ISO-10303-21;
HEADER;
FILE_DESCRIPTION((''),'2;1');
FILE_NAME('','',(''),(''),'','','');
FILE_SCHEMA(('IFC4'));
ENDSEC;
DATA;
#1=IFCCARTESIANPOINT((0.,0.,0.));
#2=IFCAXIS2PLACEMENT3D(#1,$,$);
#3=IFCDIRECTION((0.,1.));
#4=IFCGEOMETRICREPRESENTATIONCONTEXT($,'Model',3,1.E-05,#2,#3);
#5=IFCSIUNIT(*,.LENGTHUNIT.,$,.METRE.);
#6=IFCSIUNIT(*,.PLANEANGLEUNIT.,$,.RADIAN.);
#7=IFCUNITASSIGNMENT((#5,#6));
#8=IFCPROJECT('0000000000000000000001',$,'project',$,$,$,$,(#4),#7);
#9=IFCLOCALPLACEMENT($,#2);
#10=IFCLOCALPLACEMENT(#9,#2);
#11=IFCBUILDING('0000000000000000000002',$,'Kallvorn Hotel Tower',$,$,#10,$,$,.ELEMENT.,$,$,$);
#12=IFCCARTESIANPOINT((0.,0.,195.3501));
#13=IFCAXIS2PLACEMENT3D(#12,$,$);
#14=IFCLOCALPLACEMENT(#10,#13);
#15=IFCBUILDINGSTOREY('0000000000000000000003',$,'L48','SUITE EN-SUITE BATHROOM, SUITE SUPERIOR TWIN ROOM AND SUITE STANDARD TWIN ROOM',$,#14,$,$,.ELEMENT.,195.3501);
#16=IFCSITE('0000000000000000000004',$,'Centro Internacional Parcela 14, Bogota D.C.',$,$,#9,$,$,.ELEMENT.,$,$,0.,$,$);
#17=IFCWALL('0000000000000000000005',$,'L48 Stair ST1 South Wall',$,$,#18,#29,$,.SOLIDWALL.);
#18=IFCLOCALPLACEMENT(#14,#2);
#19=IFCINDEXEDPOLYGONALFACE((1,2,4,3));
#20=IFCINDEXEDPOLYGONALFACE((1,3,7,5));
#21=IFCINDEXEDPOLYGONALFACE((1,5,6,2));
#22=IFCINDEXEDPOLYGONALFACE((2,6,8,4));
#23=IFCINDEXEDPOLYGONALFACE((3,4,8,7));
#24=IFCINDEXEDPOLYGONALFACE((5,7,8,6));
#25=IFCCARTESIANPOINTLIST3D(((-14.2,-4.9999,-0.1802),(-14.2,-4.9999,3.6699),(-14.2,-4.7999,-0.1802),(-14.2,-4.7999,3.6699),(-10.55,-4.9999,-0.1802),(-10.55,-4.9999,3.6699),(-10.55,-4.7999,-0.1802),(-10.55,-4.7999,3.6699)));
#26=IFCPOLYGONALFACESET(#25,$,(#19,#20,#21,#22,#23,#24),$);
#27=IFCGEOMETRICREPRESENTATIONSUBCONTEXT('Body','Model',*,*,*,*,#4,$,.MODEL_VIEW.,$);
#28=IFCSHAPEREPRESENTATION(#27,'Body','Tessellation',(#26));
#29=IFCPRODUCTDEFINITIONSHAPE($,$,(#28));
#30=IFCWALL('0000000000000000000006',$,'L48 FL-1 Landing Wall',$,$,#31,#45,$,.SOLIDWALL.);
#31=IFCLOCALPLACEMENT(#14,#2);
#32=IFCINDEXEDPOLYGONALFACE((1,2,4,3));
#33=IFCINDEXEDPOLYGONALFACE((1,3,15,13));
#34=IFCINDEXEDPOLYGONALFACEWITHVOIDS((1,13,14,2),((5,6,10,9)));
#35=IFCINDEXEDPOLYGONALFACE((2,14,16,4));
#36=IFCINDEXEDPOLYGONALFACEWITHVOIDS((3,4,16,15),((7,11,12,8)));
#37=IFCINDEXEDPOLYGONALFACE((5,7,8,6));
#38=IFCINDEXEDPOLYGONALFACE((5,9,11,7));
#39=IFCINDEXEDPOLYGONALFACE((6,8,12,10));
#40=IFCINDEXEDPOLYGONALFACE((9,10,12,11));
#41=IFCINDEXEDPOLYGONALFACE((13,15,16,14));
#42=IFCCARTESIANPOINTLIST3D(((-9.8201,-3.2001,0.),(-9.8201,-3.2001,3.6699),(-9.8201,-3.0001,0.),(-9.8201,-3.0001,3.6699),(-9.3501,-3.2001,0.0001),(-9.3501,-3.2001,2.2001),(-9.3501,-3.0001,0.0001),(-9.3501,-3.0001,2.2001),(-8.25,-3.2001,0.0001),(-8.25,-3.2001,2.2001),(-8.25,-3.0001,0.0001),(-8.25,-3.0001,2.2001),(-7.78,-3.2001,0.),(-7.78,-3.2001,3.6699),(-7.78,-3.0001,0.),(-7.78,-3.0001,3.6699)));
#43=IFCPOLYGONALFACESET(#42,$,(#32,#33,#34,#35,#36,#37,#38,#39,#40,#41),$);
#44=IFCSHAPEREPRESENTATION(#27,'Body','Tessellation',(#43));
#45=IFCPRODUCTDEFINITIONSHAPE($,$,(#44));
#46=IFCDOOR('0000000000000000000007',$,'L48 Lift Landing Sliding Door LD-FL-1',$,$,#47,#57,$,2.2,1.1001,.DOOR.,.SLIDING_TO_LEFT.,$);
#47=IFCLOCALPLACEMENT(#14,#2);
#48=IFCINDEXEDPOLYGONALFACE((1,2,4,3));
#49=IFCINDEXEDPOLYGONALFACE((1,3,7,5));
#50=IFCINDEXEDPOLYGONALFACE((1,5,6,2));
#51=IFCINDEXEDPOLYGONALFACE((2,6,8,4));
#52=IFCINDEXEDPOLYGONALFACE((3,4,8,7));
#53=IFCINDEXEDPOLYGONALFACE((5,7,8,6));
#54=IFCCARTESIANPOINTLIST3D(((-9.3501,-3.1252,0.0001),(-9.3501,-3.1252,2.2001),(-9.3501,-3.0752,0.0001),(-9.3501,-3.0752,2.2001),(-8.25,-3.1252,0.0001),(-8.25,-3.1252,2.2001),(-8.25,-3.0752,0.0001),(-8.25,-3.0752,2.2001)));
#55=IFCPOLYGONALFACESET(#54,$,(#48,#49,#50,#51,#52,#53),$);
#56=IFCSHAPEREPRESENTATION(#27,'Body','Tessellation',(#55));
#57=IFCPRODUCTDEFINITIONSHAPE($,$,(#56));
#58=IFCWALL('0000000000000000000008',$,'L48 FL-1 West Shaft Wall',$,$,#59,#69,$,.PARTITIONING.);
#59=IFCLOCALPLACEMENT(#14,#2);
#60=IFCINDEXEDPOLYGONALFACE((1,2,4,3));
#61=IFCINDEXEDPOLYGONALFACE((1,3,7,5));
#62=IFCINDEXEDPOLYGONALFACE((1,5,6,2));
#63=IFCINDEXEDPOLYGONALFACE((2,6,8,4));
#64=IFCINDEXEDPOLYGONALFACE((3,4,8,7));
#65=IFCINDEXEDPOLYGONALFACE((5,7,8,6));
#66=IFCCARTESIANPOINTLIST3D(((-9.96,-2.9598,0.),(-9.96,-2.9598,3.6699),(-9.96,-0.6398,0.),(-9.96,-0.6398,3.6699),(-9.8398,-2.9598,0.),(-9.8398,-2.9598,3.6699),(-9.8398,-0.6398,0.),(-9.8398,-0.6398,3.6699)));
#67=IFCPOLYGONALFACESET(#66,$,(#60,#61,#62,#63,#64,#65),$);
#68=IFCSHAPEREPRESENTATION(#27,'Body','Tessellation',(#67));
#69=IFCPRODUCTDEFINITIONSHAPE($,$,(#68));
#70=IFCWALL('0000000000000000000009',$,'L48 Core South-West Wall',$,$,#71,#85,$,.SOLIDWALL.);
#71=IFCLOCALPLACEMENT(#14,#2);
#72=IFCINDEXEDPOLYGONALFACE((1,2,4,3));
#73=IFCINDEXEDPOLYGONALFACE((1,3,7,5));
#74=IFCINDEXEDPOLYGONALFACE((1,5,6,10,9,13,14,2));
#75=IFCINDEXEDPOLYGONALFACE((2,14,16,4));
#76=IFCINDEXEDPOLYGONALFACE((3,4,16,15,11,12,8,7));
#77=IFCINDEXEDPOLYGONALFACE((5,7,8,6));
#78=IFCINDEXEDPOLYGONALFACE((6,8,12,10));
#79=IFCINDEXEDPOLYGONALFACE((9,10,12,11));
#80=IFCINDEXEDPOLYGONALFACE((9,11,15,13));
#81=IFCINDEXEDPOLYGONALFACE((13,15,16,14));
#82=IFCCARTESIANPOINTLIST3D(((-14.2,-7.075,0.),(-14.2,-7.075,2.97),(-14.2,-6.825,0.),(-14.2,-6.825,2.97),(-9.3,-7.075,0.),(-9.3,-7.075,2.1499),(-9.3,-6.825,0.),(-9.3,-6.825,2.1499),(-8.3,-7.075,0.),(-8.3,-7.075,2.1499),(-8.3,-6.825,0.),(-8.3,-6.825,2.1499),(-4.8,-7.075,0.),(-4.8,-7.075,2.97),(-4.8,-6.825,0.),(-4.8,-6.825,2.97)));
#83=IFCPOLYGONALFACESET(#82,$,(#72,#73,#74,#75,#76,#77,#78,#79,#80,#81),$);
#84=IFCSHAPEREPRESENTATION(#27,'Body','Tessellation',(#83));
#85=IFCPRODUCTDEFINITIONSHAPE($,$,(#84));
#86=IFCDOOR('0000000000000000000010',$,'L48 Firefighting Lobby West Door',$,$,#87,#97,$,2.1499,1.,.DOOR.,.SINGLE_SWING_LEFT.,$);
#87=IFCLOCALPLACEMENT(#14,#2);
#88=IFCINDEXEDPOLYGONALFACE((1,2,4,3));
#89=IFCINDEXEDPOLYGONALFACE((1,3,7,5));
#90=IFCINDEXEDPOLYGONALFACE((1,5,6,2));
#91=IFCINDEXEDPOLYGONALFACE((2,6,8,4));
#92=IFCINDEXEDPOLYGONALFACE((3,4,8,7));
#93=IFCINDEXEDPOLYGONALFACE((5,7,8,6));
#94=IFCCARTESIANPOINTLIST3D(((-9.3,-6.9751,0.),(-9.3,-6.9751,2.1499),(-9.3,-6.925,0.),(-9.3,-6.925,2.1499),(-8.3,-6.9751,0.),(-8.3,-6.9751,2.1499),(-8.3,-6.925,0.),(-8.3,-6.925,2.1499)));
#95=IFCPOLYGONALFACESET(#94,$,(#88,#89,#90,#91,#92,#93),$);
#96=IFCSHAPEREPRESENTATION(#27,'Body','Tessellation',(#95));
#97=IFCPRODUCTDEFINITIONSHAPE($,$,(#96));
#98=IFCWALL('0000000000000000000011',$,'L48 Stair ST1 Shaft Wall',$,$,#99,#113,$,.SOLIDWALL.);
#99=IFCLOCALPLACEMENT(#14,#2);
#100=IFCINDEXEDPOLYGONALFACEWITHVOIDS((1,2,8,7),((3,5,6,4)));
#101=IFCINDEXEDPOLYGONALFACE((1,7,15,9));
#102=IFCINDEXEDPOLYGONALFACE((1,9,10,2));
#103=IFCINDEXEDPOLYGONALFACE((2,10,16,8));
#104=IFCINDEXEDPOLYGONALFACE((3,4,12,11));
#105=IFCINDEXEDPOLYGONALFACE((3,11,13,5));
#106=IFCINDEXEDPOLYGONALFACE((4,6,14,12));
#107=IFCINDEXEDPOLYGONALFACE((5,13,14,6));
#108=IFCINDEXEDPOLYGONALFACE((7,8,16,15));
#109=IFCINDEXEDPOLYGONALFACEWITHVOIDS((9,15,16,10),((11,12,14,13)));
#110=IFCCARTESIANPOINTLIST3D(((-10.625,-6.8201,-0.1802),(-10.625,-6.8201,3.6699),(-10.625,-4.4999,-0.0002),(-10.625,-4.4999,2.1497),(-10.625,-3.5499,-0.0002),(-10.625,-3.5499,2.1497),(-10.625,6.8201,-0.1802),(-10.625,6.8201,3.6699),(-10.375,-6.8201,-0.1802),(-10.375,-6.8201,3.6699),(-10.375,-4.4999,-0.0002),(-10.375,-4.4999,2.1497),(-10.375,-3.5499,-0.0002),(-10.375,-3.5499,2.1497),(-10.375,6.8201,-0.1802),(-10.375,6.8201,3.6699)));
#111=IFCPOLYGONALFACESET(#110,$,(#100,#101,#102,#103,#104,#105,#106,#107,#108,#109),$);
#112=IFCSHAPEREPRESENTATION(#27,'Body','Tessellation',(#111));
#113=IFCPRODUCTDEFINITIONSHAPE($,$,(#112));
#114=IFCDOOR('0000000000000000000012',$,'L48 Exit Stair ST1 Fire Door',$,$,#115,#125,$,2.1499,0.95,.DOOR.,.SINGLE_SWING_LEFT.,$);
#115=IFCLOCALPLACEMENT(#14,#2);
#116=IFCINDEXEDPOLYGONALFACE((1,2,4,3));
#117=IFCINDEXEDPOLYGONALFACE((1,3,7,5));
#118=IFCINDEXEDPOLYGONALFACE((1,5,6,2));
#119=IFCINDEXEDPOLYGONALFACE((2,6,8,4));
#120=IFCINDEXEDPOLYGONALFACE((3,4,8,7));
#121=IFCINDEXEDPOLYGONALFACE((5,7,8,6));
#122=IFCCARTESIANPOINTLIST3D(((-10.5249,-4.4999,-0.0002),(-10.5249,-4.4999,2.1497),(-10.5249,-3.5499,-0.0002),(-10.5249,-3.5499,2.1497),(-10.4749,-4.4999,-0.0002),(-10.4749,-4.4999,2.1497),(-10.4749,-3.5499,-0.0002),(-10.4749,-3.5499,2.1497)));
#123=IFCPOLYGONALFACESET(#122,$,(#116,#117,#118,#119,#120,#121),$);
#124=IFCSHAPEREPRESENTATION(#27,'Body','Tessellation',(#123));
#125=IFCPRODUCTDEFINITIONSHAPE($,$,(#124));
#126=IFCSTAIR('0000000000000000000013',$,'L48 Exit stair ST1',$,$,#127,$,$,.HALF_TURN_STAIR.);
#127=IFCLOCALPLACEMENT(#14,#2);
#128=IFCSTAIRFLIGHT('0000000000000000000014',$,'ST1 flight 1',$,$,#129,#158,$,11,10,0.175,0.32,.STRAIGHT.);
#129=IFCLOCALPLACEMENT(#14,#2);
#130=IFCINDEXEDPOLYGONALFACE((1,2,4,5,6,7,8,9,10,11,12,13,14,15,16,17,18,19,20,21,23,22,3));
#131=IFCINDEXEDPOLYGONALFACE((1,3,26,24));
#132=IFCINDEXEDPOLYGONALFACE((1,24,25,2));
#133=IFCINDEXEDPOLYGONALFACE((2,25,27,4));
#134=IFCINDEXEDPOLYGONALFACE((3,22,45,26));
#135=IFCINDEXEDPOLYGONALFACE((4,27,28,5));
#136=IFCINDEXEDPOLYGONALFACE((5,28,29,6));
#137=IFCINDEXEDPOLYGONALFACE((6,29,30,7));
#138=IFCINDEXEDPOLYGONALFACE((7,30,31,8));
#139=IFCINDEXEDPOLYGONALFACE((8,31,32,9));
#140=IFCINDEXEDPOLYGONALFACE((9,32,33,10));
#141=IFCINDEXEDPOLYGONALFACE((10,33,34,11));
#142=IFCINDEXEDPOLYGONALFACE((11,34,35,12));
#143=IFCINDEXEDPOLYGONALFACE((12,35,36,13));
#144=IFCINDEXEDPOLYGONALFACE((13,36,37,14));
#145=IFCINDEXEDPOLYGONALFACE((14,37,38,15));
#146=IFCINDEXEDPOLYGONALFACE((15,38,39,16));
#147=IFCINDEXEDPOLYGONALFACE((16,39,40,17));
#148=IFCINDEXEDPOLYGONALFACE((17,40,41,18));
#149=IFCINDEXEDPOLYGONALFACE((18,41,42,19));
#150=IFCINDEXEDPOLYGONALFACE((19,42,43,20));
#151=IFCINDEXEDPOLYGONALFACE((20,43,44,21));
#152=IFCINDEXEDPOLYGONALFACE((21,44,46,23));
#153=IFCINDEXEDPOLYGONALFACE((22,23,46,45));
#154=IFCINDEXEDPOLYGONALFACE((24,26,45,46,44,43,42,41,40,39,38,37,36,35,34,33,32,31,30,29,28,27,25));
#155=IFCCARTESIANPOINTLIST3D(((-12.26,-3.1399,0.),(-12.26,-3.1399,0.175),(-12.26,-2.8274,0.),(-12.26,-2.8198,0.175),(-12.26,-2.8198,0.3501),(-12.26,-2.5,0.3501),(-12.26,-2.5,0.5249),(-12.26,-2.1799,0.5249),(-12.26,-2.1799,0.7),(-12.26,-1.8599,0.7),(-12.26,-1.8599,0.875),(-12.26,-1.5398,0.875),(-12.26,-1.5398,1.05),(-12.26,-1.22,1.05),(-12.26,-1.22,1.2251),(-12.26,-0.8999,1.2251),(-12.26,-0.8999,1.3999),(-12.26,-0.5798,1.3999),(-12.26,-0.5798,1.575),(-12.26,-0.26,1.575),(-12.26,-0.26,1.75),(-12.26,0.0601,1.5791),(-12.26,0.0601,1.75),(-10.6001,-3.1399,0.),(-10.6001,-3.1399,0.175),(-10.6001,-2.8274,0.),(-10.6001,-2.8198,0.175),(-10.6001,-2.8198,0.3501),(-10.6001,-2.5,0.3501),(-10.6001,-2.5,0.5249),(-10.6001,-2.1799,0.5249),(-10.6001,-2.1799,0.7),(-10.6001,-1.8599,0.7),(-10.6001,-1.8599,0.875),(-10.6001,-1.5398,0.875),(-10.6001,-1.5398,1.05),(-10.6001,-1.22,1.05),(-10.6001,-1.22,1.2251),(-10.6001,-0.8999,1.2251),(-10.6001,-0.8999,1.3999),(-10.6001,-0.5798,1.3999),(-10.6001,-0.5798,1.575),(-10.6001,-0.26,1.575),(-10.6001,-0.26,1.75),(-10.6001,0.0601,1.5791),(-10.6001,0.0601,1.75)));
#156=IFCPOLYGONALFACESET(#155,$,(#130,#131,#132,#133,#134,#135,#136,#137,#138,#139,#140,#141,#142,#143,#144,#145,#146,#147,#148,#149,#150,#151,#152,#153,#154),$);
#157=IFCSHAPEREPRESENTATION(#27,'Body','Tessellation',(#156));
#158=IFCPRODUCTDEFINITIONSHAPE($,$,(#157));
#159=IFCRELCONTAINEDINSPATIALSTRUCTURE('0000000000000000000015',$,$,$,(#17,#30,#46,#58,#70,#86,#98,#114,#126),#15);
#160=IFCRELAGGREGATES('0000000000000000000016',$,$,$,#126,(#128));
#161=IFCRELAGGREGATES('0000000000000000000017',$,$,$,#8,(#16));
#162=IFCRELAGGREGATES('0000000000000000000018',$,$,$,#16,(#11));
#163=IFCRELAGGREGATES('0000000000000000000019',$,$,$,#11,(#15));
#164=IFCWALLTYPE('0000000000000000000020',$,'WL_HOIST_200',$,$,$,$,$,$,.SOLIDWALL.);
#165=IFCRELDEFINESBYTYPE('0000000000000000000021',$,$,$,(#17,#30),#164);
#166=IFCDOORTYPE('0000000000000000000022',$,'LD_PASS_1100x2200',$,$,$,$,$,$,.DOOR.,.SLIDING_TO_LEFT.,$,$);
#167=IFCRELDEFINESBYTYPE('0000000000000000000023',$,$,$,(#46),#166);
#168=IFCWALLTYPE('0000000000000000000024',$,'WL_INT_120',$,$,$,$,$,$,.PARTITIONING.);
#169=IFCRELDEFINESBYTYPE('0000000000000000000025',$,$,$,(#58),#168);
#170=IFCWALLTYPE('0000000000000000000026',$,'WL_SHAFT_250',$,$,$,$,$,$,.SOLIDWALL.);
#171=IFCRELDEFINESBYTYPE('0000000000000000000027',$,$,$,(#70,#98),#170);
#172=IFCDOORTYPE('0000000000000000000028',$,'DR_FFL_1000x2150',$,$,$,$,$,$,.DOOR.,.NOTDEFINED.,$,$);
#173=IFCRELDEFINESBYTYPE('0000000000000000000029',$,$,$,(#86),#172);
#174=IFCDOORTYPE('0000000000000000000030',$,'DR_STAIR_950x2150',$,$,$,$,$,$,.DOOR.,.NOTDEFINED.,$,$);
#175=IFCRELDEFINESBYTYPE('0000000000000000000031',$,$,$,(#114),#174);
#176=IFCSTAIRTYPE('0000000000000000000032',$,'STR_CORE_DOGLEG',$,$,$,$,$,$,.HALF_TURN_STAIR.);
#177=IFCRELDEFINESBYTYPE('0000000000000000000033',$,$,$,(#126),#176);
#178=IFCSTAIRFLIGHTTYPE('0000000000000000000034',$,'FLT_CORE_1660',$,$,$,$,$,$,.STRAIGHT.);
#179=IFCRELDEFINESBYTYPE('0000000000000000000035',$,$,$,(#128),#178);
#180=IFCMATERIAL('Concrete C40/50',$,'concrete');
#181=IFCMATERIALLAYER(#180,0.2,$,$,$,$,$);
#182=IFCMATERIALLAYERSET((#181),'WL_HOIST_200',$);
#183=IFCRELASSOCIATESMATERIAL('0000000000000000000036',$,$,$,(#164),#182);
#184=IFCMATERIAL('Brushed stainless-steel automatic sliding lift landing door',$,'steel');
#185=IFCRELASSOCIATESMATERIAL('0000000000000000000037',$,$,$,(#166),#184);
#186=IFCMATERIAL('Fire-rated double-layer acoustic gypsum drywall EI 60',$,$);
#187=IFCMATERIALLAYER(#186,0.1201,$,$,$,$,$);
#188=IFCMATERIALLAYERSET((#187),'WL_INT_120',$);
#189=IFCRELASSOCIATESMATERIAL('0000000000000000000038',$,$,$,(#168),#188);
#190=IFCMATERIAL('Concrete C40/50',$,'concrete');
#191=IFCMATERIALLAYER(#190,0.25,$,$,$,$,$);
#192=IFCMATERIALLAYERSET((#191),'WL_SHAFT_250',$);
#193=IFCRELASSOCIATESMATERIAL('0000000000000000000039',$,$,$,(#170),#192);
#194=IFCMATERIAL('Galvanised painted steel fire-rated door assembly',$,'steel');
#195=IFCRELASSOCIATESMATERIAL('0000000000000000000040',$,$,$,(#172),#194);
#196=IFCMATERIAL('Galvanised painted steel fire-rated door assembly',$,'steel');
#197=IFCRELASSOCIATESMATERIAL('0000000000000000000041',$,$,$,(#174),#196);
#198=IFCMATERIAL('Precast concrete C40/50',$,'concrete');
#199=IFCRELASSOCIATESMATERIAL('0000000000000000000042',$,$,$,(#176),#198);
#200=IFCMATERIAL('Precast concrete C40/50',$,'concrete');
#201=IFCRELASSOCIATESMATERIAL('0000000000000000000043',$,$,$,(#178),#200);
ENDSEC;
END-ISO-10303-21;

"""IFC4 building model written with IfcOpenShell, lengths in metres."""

from ifc_helpers import new_model, si_unit, direction, frame, frame_2d, origin, place, context, subcontext, project, spatial, polyline, rectangle, outline, extrude, material, layer, layer_set, type_object, element, fill, aggregate, save


model = new_model("IFC4")

# Units and contexts
model_context = context("Model", 3, precision=1e-05, world=origin(), true_north=direction((0.0, 1.0)))
body_context = subcontext(model_context, "Body", "Model", "MODEL_VIEW")
ifc_project = project(units=[si_unit("LENGTHUNIT", "METRE"), si_unit("PLANEANGLEUNIT", "RADIAN")], contexts=[model_context])

# Site, building, storey
site_placement = place(None, origin())
site = spatial("IfcSite", under=ifc_project, at=site_placement, Name="Centro Internacional Parcela 14, Bogota D.C.", CompositionType="ELEMENT", RefElevation=0.0)
building_placement = place(site_placement, origin())
building = spatial("IfcBuilding", under=site, at=building_placement, Name="Kallvorn Hotel Tower", CompositionType="ELEMENT")
storey_placement = place(building_placement, frame((0.0, 0.0, 195.3501)))
storey = spatial("IfcBuildingStorey", under=building, at=storey_placement, Name="L48", Description="SUITE EN-SUITE BATHROOM, SUITE SUPERIOR TWIN ROOM AND SUITE STANDARD TWIN ROOM", CompositionType="ELEMENT", Elevation=195.3501)

# Wall
ifc_material_1 = material(Name="Concrete C40/50", Category="concrete")
ifc_layer_1 = layer(ifc_material_1, 0.2)
ifc_layer_set_1 = layer_set([ifc_layer_1], Name="WL_HOIST_200")
wall_type_1 = type_object("IfcWallType", Name="WL_HOIST_200", PredefinedType="SOLIDWALL", material=ifc_layer_set_1)
wall_1_placement = place(storey_placement, frame((-14.2, -4.8999, -0.1802), z_axis=(0.0, 0.0, 1.0), x_axis=(1.0, 0.0, 0.0)))
element("IfcWall", 1, at=wall_1_placement, inside=storey, type_object=wall_type_1, Name="L48 Stair ST1 South Wall", PredefinedType="SOLIDWALL", context=body_context, shape_type="SweptSolid", body=[
    extrude(rectangle(XDim=3.6499, YDim=0.2, at=frame_2d((1.825, 0.0))), origin(), (0.0, 0.0, 1.0), 3.8501),
])

# Wall, opening, door
wall_2_placement = place(storey_placement, frame((-9.8201, -3.1001, 0.0), z_axis=(0.0, 0.0, 1.0), x_axis=(1.0, 0.0, 0.0)))
wall_2 = element("IfcWall", 2, at=wall_2_placement, inside=storey, type_object=wall_type_1, Name="L48 FL-1 Landing Wall", PredefinedType="SOLIDWALL", context=body_context, shape_type="SweptSolid", body=[
    extrude(rectangle(XDim=2.04, YDim=0.2, at=frame_2d((1.02, 0.0))), origin(), (0.0, 0.0, 1.0), 3.6699),
])
opening_1_placement = place(wall_2_placement, frame((0.47, 0.0, 0.0)))
opening_1 = element("IfcOpeningElement", 3, at=opening_1_placement, cuts=wall_2, PredefinedType="OPENING", context=body_context, shape_type="SweptSolid", body=[
    extrude(rectangle(XDim=1.1001, YDim=2.2, at=frame_2d((0.55, 1.1001))), frame((0.0, 0.115, 0.0), z_axis=(0.0, -1.0, 0.0), x_axis=(1.0, 0.0, 0.0)), (0.0, 0.0, 1.0), 0.23),
])
ifc_material_2 = material(Name="Brushed stainless-steel automatic sliding lift landing door", Category="steel")
door_type_1 = type_object("IfcDoorType", Name="LD_PASS_1100x2200", OperationType="SLIDING_TO_LEFT", PredefinedType="DOOR", material=ifc_material_2)
door_1_placement = place(opening_1_placement, origin())
door_1 = element("IfcDoor", 4, at=door_1_placement, inside=storey, type_object=door_type_1, Name="L48 Lift Landing Sliding Door LD-FL-1", OperationType="SLIDING_TO_LEFT", OverallHeight=2.2, OverallWidth=1.1001, PredefinedType="DOOR", context=body_context, shape_type="SweptSolid", body=[
    extrude(rectangle(XDim=1.1001, YDim=2.2, at=frame_2d((0.55, 1.1001))), frame((0.0, 0.0249, 0.0), z_axis=(0.0, -1.0, 0.0), x_axis=(1.0, 0.0, 0.0)), (0.0, 0.0, 1.0), 0.05),
])
fill(opening_1, door_1)

# Wall
ifc_material_3 = material(Name="Fire-rated double-layer acoustic gypsum drywall EI 60")
ifc_layer_2 = layer(ifc_material_3, 0.1201)
ifc_layer_set_2 = layer_set([ifc_layer_2], Name="WL_INT_120")
wall_type_2 = type_object("IfcWallType", Name="WL_INT_120", PredefinedType="PARTITIONING", material=ifc_layer_set_2)
wall_3_placement = place(storey_placement, frame((-9.8999, -2.96, 0.0), z_axis=(0.0, 0.0, 1.0), x_axis=(0.0, 1.0, 0.0)))
element("IfcWall", 5, at=wall_3_placement, inside=storey, type_object=wall_type_2, Name="L48 FL-1 West Shaft Wall", PredefinedType="PARTITIONING", context=body_context, shape_type="SweptSolid", body=[
    extrude(rectangle(XDim=2.3201, YDim=0.1201, at=frame_2d((1.1602, 0.0))), origin(), (0.0, 0.0, 1.0), 3.6699),
])

# Walls, openings, doors
ifc_material_4 = material(Name="Concrete C40/50", Category="concrete")
ifc_layer_3 = layer(ifc_material_4, 0.25)
ifc_layer_set_3 = layer_set([ifc_layer_3], Name="WL_SHAFT_250")
wall_type_3 = type_object("IfcWallType", Name="WL_SHAFT_250", PredefinedType="SOLIDWALL", material=ifc_layer_set_3)
wall_4_placement = place(storey_placement, frame((-14.2, -6.95, 0.0), z_axis=(0.0, 0.0, 1.0), x_axis=(1.0, 0.0, 0.0)))
wall_4 = element("IfcWall", 6, at=wall_4_placement, inside=storey, type_object=wall_type_3, Name="L48 Core South-West Wall", PredefinedType="SOLIDWALL", context=body_context, shape_type="SweptSolid", body=[
    extrude(rectangle(XDim=9.3999, YDim=0.25, at=frame_2d((4.7, 0.0))), origin(), (0.0, 0.0, 1.0), 2.97),
])
opening_2_placement = place(wall_4_placement, frame((4.8999, 0.0, 0.0)))
opening_2 = element("IfcOpeningElement", 7, at=opening_2_placement, cuts=wall_4, PredefinedType="OPENING", context=body_context, shape_type="SweptSolid", body=[
    extrude(rectangle(XDim=1.0, YDim=2.1499, at=frame_2d((0.5, 1.075))), frame((0.0, 0.1399, 0.0), z_axis=(0.0, -1.0, 0.0), x_axis=(1.0, 0.0, 0.0)), (0.0, 0.0, 1.0), 0.28),
])
ifc_material_5 = material(Name="Galvanised painted steel fire-rated door assembly", Category="steel")
door_type_2 = type_object("IfcDoorType", Name="DR_FFL_1000x2150", OperationType="NOTDEFINED", PredefinedType="DOOR", material=ifc_material_5)
door_2_placement = place(opening_2_placement, origin())
door_2 = element("IfcDoor", 8, at=door_2_placement, inside=storey, type_object=door_type_2, Name="L48 Firefighting Lobby West Door", OperationType="SINGLE_SWING_LEFT", OverallHeight=2.1499, OverallWidth=1.0, PredefinedType="DOOR", context=body_context, shape_type="SweptSolid", body=[
    extrude(rectangle(XDim=1.0, YDim=2.1499, at=frame_2d((0.5, 1.075))), frame((0.0, 0.0249, 0.0), z_axis=(0.0, -1.0, 0.0), x_axis=(1.0, 0.0, 0.0)), (0.0, 0.0, 1.0), 0.05),
])
fill(opening_2, door_2)
wall_5_placement = place(storey_placement, frame((-10.5, -6.8201, -0.1802), z_axis=(0.0, 0.0, 1.0), x_axis=(0.0, 1.0, 0.0)))
wall_5 = element("IfcWall", 9, at=wall_5_placement, inside=storey, type_object=wall_type_3, Name="L48 Stair ST1 Shaft Wall", PredefinedType="SOLIDWALL", context=body_context, shape_type="SweptSolid", body=[
    extrude(rectangle(XDim=13.6401, YDim=0.25, at=frame_2d((6.8201, 0.0))), origin(), (0.0, 0.0, 1.0), 3.8501),
])
opening_3_placement = place(wall_5_placement, frame((2.3201, 0.0, 0.1799)))
opening_3 = element("IfcOpeningElement", 10, at=opening_3_placement, cuts=wall_5, PredefinedType="OPENING", context=body_context, shape_type="SweptSolid", body=[
    extrude(rectangle(XDim=0.95, YDim=2.1499, at=frame_2d((0.4751, 1.075))), frame((0.0, 0.1399, 0.0), z_axis=(0.0, -1.0, 0.0), x_axis=(1.0, 0.0, 0.0)), (0.0, 0.0, 1.0), 0.28),
])
ifc_material_6 = material(Name="Galvanised painted steel fire-rated door assembly", Category="steel")
door_type_3 = type_object("IfcDoorType", Name="DR_STAIR_950x2150", OperationType="NOTDEFINED", PredefinedType="DOOR", material=ifc_material_6)
door_3_placement = place(opening_3_placement, origin())
door_3 = element("IfcDoor", 11, at=door_3_placement, inside=storey, type_object=door_type_3, Name="L48 Exit Stair ST1 Fire Door", OperationType="SINGLE_SWING_LEFT", OverallHeight=2.1499, OverallWidth=0.95, PredefinedType="DOOR", context=body_context, shape_type="SweptSolid", body=[
    extrude(rectangle(XDim=0.95, YDim=2.1499, at=frame_2d((0.4751, 1.075))), frame((0.0, 0.0249, 0.0), z_axis=(0.0, -1.0, 0.0), x_axis=(1.0, 0.0, 0.0)), (0.0, 0.0, 1.0), 0.05),
])
fill(opening_3, door_3)

# Stair, stair flight
ifc_material_7 = material(Name="Precast concrete C40/50", Category="concrete")
stair_type = type_object("IfcStairType", Name="STR_CORE_DOGLEG", PredefinedType="HALF_TURN_STAIR", material=ifc_material_7)
stair_placement = place(storey_placement, origin())
stair = element("IfcStair", 12, at=stair_placement, inside=storey, type_object=stair_type, Name="L48 Exit stair ST1", PredefinedType="HALF_TURN_STAIR")
ifc_material_8 = material(Name="Precast concrete C40/50", Category="concrete")
stair_flight_type = type_object("IfcStairFlightType", Name="FLT_CORE_1660", PredefinedType="STRAIGHT", material=ifc_material_8)
stair_flight_placement = place(storey_placement, frame((-11.4299, -3.1399, 0.0), z_axis=(0.0, 0.0, 1.0), x_axis=(0.0, 1.0, 0.0)))
stair_flight = element("IfcStairFlight", 13, at=stair_flight_placement, type_object=stair_flight_type, Name="ST1 flight 1", NumberOfRisers=11, NumberOfTreads=10, PredefinedType="STRAIGHT", RiserHeight=0.175, TreadLength=0.32, context=body_context, shape_type="SweptSolid", body=[
    extrude(outline(polyline([(0.0, 0.0), (0.0, 0.175), (0.3201, 0.175), (0.3201, 0.3501), (0.6399, 0.3501), (0.6399, 0.5249), (0.96, 0.5249), (0.96, 0.7), (1.28, 0.7), (1.28, 0.875), (1.6001, 0.875), (1.6001, 1.05), (1.9199, 1.05), (1.9199, 1.2251), (2.24, 1.2251), (2.24, 1.3999), (2.5601, 1.3999), (2.5601, 1.575), (2.8799, 1.575), (2.8799, 1.75), (3.2, 1.75), (3.2, 1.925), (3.2, 1.5791), (0.3125, 0.0), (0.0, 0.0)])), frame((0.0, 0.8301, 0.0), z_axis=(0.0, -1.0, 0.0), x_axis=(1.0, 0.0, 0.0)), (0.0, 0.0, 1.0), 1.6599),
])
aggregate(stair, [stair_flight])

save(model, "model.ifc")
